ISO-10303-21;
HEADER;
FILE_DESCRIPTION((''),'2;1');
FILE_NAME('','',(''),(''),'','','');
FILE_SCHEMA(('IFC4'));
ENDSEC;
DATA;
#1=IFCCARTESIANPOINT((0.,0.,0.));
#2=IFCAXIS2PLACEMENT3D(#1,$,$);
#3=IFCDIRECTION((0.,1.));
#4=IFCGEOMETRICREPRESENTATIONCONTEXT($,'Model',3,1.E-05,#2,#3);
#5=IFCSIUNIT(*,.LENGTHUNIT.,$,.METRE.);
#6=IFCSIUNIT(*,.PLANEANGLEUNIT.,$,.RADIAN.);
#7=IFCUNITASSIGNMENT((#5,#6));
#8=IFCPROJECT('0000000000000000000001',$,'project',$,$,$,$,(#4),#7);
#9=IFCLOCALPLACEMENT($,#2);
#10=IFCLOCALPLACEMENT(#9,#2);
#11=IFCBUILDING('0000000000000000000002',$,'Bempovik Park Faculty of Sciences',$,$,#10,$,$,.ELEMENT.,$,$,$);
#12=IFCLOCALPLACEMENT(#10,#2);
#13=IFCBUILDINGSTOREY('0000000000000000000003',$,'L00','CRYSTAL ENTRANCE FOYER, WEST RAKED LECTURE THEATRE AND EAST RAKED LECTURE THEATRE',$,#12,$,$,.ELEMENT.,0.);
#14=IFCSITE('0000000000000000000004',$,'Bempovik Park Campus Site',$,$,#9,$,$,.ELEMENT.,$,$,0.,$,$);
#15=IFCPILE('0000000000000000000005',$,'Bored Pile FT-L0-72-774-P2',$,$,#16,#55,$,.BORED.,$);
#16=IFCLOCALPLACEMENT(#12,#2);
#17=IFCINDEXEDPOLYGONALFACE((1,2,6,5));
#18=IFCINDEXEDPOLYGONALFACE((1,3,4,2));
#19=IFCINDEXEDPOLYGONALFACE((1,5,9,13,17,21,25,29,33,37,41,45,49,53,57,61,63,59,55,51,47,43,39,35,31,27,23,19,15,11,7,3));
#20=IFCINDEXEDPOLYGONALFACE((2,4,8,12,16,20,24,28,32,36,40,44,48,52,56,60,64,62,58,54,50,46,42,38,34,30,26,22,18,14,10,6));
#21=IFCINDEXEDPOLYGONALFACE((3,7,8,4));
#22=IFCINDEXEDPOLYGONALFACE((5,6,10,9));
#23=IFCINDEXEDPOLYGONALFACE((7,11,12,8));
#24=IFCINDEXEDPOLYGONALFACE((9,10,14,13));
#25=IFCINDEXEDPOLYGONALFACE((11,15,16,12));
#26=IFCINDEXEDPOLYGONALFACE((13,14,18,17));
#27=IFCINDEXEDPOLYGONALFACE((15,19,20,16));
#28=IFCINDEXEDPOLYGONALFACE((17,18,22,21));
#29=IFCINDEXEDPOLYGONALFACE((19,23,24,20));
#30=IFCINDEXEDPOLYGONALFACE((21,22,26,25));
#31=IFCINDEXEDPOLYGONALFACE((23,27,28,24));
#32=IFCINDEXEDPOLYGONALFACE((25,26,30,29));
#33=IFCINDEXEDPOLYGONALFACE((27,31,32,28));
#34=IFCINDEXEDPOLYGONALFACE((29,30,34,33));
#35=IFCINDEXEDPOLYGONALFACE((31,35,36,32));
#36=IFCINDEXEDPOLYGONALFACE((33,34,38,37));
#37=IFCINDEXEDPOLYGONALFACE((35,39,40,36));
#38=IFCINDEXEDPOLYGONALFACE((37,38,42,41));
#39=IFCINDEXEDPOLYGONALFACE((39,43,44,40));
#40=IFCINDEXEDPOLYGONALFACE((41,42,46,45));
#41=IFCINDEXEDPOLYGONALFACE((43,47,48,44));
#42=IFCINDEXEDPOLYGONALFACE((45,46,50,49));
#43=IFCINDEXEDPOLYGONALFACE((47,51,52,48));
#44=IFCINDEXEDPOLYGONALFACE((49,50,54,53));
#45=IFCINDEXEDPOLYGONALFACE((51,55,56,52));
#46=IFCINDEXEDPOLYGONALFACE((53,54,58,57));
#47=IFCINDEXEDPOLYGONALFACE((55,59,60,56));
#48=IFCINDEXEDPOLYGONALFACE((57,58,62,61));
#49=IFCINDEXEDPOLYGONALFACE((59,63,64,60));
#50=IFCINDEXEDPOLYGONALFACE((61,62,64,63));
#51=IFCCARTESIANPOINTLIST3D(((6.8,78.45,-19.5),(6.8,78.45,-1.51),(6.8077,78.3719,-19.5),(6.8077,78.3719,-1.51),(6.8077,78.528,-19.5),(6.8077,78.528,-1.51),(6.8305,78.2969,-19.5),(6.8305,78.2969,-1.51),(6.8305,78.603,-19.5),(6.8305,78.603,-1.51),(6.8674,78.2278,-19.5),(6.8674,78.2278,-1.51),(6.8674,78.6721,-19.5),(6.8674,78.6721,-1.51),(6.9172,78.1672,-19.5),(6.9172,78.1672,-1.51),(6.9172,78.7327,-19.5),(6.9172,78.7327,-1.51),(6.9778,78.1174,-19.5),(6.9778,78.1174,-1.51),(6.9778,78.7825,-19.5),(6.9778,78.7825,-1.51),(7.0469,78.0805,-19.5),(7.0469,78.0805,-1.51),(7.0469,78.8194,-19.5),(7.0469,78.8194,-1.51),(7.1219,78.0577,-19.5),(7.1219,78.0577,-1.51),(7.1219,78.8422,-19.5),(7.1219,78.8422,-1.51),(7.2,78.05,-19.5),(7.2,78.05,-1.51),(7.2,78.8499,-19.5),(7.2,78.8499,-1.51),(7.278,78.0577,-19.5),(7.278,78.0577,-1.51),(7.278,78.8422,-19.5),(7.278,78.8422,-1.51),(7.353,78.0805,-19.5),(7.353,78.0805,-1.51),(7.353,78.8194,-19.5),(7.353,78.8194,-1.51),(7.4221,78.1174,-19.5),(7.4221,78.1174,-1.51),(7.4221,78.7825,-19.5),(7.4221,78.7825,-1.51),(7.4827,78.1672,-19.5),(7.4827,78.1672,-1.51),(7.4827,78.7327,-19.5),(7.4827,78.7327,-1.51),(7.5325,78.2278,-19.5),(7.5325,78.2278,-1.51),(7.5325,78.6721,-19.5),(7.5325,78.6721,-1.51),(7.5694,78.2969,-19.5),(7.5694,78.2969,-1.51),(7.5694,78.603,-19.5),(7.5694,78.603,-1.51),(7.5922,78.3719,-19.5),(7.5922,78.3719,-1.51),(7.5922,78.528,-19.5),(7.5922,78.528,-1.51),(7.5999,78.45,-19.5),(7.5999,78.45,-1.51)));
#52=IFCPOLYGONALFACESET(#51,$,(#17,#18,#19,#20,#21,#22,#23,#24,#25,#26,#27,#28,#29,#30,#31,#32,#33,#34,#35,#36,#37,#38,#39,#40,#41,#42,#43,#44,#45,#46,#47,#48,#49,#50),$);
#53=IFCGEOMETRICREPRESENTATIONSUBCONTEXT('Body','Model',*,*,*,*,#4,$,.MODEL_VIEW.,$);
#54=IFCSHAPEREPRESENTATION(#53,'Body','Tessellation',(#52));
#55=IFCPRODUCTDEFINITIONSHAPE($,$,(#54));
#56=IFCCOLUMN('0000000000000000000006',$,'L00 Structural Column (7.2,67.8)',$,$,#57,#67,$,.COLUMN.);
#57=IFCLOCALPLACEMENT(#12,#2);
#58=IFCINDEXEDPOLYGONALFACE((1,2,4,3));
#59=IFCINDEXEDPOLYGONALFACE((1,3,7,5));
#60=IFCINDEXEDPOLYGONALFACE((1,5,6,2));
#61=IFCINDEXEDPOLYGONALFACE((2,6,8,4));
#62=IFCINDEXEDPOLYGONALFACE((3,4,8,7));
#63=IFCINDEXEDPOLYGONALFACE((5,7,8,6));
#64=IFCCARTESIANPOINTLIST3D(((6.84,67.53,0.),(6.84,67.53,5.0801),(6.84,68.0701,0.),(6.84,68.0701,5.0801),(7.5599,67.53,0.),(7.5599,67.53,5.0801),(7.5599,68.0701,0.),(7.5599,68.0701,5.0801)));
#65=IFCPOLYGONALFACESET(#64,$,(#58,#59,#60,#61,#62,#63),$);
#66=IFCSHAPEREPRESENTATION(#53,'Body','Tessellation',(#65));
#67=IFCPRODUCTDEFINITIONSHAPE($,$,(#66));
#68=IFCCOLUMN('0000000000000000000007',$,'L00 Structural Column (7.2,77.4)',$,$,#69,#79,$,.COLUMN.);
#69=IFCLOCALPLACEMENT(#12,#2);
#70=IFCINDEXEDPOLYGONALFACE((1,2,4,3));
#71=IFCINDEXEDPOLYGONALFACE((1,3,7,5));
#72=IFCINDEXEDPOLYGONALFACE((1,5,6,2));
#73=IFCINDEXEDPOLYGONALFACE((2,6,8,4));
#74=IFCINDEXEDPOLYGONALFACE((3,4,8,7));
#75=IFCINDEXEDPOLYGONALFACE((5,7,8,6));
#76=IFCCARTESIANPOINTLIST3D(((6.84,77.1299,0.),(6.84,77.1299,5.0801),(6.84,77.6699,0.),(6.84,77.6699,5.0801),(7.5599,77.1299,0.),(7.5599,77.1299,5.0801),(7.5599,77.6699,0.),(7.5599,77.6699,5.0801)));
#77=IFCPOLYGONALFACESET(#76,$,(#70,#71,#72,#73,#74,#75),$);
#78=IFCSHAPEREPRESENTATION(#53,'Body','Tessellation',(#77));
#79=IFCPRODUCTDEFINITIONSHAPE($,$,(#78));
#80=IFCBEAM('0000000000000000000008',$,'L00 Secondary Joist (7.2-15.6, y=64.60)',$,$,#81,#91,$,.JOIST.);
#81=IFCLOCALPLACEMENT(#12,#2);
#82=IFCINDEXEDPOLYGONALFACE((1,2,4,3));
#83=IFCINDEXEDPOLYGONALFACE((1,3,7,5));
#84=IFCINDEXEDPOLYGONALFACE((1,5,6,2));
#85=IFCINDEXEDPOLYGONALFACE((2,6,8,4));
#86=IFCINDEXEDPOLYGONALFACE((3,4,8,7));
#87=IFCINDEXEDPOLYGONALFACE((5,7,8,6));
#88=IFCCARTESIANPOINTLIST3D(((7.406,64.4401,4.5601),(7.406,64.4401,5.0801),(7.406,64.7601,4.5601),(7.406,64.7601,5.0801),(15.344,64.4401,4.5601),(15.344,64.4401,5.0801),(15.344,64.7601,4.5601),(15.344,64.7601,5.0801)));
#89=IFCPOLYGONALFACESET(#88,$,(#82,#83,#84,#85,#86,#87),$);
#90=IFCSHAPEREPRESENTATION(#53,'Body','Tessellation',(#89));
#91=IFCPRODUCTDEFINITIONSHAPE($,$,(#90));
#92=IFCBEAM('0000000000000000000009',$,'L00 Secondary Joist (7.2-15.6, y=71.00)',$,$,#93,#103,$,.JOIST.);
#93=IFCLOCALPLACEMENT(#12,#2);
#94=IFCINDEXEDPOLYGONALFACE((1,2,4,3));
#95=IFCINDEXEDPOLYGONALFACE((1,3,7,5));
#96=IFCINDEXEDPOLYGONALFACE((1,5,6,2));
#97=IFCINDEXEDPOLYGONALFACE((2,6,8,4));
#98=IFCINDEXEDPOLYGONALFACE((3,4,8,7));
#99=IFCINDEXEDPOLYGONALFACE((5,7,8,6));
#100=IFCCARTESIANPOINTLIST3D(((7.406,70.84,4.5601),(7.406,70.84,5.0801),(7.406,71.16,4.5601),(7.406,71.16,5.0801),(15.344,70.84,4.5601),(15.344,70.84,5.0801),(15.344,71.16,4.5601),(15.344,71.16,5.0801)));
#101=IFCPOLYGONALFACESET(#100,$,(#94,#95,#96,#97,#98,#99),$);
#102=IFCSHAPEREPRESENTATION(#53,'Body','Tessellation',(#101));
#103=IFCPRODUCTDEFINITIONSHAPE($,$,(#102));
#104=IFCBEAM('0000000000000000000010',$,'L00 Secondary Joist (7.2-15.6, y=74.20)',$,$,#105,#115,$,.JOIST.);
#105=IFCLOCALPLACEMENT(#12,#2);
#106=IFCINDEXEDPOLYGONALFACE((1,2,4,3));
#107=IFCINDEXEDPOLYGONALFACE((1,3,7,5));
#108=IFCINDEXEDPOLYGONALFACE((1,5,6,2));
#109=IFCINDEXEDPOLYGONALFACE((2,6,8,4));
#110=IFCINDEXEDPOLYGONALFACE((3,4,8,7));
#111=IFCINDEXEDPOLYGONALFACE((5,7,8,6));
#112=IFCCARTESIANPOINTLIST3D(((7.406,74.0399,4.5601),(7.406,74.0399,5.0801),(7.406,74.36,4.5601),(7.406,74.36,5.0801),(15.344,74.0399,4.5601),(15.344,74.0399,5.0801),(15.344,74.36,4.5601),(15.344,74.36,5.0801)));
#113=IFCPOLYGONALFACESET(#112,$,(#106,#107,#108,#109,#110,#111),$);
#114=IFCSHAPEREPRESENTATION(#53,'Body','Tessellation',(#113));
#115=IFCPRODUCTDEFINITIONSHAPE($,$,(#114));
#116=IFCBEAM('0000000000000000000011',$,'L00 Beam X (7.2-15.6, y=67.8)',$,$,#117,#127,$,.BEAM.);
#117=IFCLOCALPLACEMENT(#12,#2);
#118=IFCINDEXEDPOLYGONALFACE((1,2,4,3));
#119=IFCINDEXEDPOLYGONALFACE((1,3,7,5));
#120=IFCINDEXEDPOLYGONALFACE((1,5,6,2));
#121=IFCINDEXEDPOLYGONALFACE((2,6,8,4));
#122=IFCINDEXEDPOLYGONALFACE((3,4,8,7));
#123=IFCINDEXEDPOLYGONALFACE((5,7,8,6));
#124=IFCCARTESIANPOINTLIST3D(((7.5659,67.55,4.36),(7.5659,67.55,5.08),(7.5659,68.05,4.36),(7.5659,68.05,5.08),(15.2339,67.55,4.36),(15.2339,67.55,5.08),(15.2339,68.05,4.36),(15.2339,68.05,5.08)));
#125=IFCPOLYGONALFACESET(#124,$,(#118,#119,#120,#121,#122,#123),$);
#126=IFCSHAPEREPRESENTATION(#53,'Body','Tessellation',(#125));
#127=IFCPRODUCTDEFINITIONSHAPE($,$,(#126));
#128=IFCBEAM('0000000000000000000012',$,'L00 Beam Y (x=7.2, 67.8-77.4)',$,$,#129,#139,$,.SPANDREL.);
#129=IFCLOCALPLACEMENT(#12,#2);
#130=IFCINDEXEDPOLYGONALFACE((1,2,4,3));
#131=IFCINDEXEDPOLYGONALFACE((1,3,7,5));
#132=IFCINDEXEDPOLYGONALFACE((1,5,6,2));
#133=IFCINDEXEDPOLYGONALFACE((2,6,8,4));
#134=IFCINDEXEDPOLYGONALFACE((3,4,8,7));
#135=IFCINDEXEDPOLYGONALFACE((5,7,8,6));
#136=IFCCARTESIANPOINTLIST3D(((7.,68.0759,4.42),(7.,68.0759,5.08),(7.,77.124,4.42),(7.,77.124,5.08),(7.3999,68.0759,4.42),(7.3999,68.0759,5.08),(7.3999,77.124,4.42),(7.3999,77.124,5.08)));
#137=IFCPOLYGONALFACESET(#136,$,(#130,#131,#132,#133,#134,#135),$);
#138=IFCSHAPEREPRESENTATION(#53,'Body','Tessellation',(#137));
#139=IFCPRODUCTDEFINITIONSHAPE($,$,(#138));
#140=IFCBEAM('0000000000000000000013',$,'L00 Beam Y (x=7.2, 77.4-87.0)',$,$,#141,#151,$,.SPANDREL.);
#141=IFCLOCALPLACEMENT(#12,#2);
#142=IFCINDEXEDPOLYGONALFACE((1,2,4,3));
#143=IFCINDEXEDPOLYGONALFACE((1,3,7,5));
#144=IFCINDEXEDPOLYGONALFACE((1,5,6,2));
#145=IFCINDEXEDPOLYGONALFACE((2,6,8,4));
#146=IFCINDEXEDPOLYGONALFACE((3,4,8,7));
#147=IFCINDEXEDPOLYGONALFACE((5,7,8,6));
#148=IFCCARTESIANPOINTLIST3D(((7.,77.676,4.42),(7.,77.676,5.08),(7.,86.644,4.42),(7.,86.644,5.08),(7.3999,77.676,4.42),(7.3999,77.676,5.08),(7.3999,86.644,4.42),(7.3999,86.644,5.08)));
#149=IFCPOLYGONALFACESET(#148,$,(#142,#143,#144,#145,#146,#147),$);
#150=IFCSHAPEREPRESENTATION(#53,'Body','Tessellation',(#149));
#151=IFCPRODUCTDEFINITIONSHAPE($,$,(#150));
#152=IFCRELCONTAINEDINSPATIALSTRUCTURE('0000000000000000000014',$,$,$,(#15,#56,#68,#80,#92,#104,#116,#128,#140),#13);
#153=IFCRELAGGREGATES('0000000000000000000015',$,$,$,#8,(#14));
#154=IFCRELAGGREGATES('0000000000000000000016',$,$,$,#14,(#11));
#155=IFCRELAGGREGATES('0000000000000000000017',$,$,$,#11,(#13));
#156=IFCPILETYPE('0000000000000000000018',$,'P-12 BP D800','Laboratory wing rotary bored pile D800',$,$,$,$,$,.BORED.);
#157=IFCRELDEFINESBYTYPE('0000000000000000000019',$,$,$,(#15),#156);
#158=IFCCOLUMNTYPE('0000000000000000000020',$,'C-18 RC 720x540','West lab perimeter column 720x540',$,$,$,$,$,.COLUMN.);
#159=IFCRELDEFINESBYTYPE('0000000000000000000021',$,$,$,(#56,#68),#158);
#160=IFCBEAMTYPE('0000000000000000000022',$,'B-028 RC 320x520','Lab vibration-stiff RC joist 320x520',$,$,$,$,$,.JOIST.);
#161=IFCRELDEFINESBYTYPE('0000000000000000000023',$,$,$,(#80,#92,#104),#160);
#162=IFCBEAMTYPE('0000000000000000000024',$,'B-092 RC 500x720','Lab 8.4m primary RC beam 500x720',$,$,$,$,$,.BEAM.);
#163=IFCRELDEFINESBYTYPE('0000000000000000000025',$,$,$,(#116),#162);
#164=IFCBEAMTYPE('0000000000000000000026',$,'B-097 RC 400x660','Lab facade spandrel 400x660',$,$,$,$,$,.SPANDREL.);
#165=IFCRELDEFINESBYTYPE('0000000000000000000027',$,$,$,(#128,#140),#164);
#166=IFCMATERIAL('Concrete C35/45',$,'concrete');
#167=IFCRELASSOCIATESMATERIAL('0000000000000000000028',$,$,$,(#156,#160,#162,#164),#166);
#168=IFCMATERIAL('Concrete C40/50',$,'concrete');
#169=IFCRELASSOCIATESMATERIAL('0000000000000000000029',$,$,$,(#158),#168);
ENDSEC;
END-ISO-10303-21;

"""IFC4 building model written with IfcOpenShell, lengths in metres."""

from ifc_helpers import new_model, si_unit, direction, frame, origin, origin_2d, place, context, subcontext, project, spatial, rectangle, circle, extrude, material, material_profile, profile_set, type_object, element, save


model = new_model("IFC4")

# Units and contexts
model_context = context("Model", 3, precision=1e-05, world=origin(), true_north=direction((0.0, 1.0)))
body_context = subcontext(model_context, "Body", "Model", "MODEL_VIEW")
ifc_project = project(units=[si_unit("LENGTHUNIT", "METRE"), si_unit("PLANEANGLEUNIT", "RADIAN")], contexts=[model_context])

# Site, building, storey
site_placement = place(None, origin())
site = spatial("IfcSite", under=ifc_project, at=site_placement, Name="Bempovik Park Campus Site", CompositionType="ELEMENT", RefElevation=0.0)
building_placement = place(site_placement, origin())
building = spatial("IfcBuilding", under=site, at=building_placement, Name="Bempovik Park Faculty of Sciences", CompositionType="ELEMENT")
storey_placement = place(building_placement, origin())
storey = spatial("IfcBuildingStorey", under=building, at=storey_placement, Name="L00", Description="CRYSTAL ENTRANCE FOYER, WEST RAKED LECTURE THEATRE AND EAST RAKED LECTURE THEATRE", CompositionType="ELEMENT", Elevation=0.0)

# Shared definitions
ifc_material_1 = material(Name="Concrete C35/45", Category="concrete")

# Pile
ifc_material_profile_1 = material_profile(ifc_material_1, circle(Radius=0.3999, at=origin_2d()), Name="BP D800")
ifc_profile_set_1 = profile_set([ifc_material_profile_1], Name="Concrete C35/45")
pile_type = type_object("IfcPileType", Name="P-12 BP D800", Description="Laboratory wing rotary bored pile D800", PredefinedType="BORED", material=ifc_profile_set_1)
for number, where, z_axis, x_axis, name in (
    (1, (7.2, 78.45, -1.51), (0.0, 0.0, -1.0), (1.0, 0.0, 0.0), "Bored Pile FT-L0-72-774-P2"),
):
    element("IfcPile", number, at=place(storey_placement, frame(where, z_axis=z_axis, x_axis=x_axis)), inside=storey, type_object=pile_type, Name=name, PredefinedType="BORED", context=body_context, shape_type="SweptSolid", body=[
        extrude(circle(Radius=0.3999, at=origin_2d()), origin(), (0.0, 0.0, 1.0), 17.99),
    ])

# Columns
ifc_material_2 = material(Name="Concrete C40/50", Category="concrete")
ifc_material_profile_2 = material_profile(ifc_material_2, rectangle(XDim=0.72, YDim=0.54, at=origin_2d()), Name="RC 720x540")
ifc_profile_set_2 = profile_set([ifc_material_profile_2], Name="Concrete C40/50")
column_type = type_object("IfcColumnType", Name="C-18 RC 720x540", Description="West lab perimeter column 720x540", PredefinedType="COLUMN", material=ifc_profile_set_2)
for number, where, z_axis, x_axis, name in (
    (2, (7.2, 67.8, 0.0), (0.0, 0.0, 1.0), (1.0, 0.0, 0.0), "L00 Structural Column (7.2,67.8)"),
    (3, (7.2, 77.3999, 0.0), (0.0, 0.0, 1.0), (1.0, 0.0, 0.0), "L00 Structural Column (7.2,77.4)"),
):
    element("IfcColumn", number, at=place(storey_placement, frame(where, z_axis=z_axis, x_axis=x_axis)), inside=storey, type_object=column_type, Name=name, PredefinedType="COLUMN", context=body_context, shape_type="SweptSolid", body=[
        extrude(rectangle(XDim=0.72, YDim=0.54, at=origin_2d()), origin(), (0.0, 0.0, 1.0), 5.0801),
    ])

# Beams
ifc_material_profile_3 = material_profile(ifc_material_1, rectangle(XDim=0.3201, YDim=0.52, at=origin_2d()), Name="RC 320x520")
ifc_profile_set_3 = profile_set([ifc_material_profile_3], Name="Concrete C35/45")
beam_type_1 = type_object("IfcBeamType", Name="B-028 RC 320x520", Description="Lab vibration-stiff RC joist 320x520", PredefinedType="JOIST", material=ifc_profile_set_3)
for number, where, z_axis, x_axis, name in (
    (4, (7.406, 64.6001, 4.8201), (1.0, 0.0, 0.0), (0.0, 1.0, 0.0), "L00 Secondary Joist (7.2-15.6, y=64.60)"),
    (5, (7.406, 71.0, 4.8201), (1.0, 0.0, 0.0), (0.0, 1.0, 0.0), "L00 Secondary Joist (7.2-15.6, y=71.00)"),
    (6, (7.406, 74.2, 4.8201), (1.0, 0.0, 0.0), (0.0, 1.0, 0.0), "L00 Secondary Joist (7.2-15.6, y=74.20)"),
):
    element("IfcBeam", number, at=place(storey_placement, frame(where, z_axis=z_axis, x_axis=x_axis)), inside=storey, type_object=beam_type_1, Name=name, PredefinedType="JOIST", context=body_context, shape_type="SweptSolid", body=[
        extrude(rectangle(XDim=0.3201, YDim=0.52, at=origin_2d()), origin(), (0.0, 0.0, 1.0), 7.938),
    ])
ifc_material_profile_4 = material_profile(ifc_material_1, rectangle(XDim=0.5, YDim=0.72, at=origin_2d()), Name="RC 500x720")
ifc_profile_set_4 = profile_set([ifc_material_profile_4], Name="Concrete C35/45")
beam_type_2 = type_object("IfcBeamType", Name="B-092 RC 500x720", Description="Lab 8.4m primary RC beam 500x720", PredefinedType="BEAM", material=ifc_profile_set_4)
beam_1_placement = place(storey_placement, frame((7.5659, 67.8, 4.72), z_axis=(1.0, 0.0, 0.0), x_axis=(0.0, 1.0, 0.0)))
element("IfcBeam", 7, at=beam_1_placement, inside=storey, type_object=beam_type_2, Name="L00 Beam X (7.2-15.6, y=67.8)", PredefinedType="BEAM", context=body_context, shape_type="SweptSolid", body=[
    extrude(rectangle(XDim=0.5, YDim=0.72, at=origin_2d()), origin(), (0.0, 0.0, 1.0), 7.668),
])
ifc_material_profile_5 = material_profile(ifc_material_1, rectangle(XDim=0.3999, YDim=0.6599, at=origin_2d()), Name="RC 400x660")
ifc_profile_set_5 = profile_set([ifc_material_profile_5], Name="Concrete C35/45")
beam_type_3 = type_object("IfcBeamType", Name="B-097 RC 400x660", Description="Lab facade spandrel 400x660", PredefinedType="SPANDREL", material=ifc_profile_set_5)
beam_2_placement = place(storey_placement, frame((7.2, 68.0759, 4.75), z_axis=(0.0, 1.0, 0.0), x_axis=(-1.0, 0.0, 0.0)))
element("IfcBeam", 8, at=beam_2_placement, inside=storey, type_object=beam_type_3, Name="L00 Beam Y (x=7.2, 67.8-77.4)", PredefinedType="SPANDREL", context=body_context, shape_type="SweptSolid", body=[
    extrude(rectangle(XDim=0.3999, YDim=0.6599, at=origin_2d()), origin(), (0.0, 0.0, 1.0), 9.0481),
])
beam_3_placement = place(storey_placement, frame((7.2, 77.676, 4.75), z_axis=(0.0, 1.0, 0.0), x_axis=(-1.0, 0.0, 0.0)))
element("IfcBeam", 9, at=beam_3_placement, inside=storey, type_object=beam_type_3, Name="L00 Beam Y (x=7.2, 77.4-87.0)", PredefinedType="SPANDREL", context=body_context, shape_type="SweptSolid", body=[
    extrude(rectangle(XDim=0.3999, YDim=0.6599, at=origin_2d()), origin(), (0.0, 0.0, 1.0), 8.968),
])

save(model, "model.ifc")
